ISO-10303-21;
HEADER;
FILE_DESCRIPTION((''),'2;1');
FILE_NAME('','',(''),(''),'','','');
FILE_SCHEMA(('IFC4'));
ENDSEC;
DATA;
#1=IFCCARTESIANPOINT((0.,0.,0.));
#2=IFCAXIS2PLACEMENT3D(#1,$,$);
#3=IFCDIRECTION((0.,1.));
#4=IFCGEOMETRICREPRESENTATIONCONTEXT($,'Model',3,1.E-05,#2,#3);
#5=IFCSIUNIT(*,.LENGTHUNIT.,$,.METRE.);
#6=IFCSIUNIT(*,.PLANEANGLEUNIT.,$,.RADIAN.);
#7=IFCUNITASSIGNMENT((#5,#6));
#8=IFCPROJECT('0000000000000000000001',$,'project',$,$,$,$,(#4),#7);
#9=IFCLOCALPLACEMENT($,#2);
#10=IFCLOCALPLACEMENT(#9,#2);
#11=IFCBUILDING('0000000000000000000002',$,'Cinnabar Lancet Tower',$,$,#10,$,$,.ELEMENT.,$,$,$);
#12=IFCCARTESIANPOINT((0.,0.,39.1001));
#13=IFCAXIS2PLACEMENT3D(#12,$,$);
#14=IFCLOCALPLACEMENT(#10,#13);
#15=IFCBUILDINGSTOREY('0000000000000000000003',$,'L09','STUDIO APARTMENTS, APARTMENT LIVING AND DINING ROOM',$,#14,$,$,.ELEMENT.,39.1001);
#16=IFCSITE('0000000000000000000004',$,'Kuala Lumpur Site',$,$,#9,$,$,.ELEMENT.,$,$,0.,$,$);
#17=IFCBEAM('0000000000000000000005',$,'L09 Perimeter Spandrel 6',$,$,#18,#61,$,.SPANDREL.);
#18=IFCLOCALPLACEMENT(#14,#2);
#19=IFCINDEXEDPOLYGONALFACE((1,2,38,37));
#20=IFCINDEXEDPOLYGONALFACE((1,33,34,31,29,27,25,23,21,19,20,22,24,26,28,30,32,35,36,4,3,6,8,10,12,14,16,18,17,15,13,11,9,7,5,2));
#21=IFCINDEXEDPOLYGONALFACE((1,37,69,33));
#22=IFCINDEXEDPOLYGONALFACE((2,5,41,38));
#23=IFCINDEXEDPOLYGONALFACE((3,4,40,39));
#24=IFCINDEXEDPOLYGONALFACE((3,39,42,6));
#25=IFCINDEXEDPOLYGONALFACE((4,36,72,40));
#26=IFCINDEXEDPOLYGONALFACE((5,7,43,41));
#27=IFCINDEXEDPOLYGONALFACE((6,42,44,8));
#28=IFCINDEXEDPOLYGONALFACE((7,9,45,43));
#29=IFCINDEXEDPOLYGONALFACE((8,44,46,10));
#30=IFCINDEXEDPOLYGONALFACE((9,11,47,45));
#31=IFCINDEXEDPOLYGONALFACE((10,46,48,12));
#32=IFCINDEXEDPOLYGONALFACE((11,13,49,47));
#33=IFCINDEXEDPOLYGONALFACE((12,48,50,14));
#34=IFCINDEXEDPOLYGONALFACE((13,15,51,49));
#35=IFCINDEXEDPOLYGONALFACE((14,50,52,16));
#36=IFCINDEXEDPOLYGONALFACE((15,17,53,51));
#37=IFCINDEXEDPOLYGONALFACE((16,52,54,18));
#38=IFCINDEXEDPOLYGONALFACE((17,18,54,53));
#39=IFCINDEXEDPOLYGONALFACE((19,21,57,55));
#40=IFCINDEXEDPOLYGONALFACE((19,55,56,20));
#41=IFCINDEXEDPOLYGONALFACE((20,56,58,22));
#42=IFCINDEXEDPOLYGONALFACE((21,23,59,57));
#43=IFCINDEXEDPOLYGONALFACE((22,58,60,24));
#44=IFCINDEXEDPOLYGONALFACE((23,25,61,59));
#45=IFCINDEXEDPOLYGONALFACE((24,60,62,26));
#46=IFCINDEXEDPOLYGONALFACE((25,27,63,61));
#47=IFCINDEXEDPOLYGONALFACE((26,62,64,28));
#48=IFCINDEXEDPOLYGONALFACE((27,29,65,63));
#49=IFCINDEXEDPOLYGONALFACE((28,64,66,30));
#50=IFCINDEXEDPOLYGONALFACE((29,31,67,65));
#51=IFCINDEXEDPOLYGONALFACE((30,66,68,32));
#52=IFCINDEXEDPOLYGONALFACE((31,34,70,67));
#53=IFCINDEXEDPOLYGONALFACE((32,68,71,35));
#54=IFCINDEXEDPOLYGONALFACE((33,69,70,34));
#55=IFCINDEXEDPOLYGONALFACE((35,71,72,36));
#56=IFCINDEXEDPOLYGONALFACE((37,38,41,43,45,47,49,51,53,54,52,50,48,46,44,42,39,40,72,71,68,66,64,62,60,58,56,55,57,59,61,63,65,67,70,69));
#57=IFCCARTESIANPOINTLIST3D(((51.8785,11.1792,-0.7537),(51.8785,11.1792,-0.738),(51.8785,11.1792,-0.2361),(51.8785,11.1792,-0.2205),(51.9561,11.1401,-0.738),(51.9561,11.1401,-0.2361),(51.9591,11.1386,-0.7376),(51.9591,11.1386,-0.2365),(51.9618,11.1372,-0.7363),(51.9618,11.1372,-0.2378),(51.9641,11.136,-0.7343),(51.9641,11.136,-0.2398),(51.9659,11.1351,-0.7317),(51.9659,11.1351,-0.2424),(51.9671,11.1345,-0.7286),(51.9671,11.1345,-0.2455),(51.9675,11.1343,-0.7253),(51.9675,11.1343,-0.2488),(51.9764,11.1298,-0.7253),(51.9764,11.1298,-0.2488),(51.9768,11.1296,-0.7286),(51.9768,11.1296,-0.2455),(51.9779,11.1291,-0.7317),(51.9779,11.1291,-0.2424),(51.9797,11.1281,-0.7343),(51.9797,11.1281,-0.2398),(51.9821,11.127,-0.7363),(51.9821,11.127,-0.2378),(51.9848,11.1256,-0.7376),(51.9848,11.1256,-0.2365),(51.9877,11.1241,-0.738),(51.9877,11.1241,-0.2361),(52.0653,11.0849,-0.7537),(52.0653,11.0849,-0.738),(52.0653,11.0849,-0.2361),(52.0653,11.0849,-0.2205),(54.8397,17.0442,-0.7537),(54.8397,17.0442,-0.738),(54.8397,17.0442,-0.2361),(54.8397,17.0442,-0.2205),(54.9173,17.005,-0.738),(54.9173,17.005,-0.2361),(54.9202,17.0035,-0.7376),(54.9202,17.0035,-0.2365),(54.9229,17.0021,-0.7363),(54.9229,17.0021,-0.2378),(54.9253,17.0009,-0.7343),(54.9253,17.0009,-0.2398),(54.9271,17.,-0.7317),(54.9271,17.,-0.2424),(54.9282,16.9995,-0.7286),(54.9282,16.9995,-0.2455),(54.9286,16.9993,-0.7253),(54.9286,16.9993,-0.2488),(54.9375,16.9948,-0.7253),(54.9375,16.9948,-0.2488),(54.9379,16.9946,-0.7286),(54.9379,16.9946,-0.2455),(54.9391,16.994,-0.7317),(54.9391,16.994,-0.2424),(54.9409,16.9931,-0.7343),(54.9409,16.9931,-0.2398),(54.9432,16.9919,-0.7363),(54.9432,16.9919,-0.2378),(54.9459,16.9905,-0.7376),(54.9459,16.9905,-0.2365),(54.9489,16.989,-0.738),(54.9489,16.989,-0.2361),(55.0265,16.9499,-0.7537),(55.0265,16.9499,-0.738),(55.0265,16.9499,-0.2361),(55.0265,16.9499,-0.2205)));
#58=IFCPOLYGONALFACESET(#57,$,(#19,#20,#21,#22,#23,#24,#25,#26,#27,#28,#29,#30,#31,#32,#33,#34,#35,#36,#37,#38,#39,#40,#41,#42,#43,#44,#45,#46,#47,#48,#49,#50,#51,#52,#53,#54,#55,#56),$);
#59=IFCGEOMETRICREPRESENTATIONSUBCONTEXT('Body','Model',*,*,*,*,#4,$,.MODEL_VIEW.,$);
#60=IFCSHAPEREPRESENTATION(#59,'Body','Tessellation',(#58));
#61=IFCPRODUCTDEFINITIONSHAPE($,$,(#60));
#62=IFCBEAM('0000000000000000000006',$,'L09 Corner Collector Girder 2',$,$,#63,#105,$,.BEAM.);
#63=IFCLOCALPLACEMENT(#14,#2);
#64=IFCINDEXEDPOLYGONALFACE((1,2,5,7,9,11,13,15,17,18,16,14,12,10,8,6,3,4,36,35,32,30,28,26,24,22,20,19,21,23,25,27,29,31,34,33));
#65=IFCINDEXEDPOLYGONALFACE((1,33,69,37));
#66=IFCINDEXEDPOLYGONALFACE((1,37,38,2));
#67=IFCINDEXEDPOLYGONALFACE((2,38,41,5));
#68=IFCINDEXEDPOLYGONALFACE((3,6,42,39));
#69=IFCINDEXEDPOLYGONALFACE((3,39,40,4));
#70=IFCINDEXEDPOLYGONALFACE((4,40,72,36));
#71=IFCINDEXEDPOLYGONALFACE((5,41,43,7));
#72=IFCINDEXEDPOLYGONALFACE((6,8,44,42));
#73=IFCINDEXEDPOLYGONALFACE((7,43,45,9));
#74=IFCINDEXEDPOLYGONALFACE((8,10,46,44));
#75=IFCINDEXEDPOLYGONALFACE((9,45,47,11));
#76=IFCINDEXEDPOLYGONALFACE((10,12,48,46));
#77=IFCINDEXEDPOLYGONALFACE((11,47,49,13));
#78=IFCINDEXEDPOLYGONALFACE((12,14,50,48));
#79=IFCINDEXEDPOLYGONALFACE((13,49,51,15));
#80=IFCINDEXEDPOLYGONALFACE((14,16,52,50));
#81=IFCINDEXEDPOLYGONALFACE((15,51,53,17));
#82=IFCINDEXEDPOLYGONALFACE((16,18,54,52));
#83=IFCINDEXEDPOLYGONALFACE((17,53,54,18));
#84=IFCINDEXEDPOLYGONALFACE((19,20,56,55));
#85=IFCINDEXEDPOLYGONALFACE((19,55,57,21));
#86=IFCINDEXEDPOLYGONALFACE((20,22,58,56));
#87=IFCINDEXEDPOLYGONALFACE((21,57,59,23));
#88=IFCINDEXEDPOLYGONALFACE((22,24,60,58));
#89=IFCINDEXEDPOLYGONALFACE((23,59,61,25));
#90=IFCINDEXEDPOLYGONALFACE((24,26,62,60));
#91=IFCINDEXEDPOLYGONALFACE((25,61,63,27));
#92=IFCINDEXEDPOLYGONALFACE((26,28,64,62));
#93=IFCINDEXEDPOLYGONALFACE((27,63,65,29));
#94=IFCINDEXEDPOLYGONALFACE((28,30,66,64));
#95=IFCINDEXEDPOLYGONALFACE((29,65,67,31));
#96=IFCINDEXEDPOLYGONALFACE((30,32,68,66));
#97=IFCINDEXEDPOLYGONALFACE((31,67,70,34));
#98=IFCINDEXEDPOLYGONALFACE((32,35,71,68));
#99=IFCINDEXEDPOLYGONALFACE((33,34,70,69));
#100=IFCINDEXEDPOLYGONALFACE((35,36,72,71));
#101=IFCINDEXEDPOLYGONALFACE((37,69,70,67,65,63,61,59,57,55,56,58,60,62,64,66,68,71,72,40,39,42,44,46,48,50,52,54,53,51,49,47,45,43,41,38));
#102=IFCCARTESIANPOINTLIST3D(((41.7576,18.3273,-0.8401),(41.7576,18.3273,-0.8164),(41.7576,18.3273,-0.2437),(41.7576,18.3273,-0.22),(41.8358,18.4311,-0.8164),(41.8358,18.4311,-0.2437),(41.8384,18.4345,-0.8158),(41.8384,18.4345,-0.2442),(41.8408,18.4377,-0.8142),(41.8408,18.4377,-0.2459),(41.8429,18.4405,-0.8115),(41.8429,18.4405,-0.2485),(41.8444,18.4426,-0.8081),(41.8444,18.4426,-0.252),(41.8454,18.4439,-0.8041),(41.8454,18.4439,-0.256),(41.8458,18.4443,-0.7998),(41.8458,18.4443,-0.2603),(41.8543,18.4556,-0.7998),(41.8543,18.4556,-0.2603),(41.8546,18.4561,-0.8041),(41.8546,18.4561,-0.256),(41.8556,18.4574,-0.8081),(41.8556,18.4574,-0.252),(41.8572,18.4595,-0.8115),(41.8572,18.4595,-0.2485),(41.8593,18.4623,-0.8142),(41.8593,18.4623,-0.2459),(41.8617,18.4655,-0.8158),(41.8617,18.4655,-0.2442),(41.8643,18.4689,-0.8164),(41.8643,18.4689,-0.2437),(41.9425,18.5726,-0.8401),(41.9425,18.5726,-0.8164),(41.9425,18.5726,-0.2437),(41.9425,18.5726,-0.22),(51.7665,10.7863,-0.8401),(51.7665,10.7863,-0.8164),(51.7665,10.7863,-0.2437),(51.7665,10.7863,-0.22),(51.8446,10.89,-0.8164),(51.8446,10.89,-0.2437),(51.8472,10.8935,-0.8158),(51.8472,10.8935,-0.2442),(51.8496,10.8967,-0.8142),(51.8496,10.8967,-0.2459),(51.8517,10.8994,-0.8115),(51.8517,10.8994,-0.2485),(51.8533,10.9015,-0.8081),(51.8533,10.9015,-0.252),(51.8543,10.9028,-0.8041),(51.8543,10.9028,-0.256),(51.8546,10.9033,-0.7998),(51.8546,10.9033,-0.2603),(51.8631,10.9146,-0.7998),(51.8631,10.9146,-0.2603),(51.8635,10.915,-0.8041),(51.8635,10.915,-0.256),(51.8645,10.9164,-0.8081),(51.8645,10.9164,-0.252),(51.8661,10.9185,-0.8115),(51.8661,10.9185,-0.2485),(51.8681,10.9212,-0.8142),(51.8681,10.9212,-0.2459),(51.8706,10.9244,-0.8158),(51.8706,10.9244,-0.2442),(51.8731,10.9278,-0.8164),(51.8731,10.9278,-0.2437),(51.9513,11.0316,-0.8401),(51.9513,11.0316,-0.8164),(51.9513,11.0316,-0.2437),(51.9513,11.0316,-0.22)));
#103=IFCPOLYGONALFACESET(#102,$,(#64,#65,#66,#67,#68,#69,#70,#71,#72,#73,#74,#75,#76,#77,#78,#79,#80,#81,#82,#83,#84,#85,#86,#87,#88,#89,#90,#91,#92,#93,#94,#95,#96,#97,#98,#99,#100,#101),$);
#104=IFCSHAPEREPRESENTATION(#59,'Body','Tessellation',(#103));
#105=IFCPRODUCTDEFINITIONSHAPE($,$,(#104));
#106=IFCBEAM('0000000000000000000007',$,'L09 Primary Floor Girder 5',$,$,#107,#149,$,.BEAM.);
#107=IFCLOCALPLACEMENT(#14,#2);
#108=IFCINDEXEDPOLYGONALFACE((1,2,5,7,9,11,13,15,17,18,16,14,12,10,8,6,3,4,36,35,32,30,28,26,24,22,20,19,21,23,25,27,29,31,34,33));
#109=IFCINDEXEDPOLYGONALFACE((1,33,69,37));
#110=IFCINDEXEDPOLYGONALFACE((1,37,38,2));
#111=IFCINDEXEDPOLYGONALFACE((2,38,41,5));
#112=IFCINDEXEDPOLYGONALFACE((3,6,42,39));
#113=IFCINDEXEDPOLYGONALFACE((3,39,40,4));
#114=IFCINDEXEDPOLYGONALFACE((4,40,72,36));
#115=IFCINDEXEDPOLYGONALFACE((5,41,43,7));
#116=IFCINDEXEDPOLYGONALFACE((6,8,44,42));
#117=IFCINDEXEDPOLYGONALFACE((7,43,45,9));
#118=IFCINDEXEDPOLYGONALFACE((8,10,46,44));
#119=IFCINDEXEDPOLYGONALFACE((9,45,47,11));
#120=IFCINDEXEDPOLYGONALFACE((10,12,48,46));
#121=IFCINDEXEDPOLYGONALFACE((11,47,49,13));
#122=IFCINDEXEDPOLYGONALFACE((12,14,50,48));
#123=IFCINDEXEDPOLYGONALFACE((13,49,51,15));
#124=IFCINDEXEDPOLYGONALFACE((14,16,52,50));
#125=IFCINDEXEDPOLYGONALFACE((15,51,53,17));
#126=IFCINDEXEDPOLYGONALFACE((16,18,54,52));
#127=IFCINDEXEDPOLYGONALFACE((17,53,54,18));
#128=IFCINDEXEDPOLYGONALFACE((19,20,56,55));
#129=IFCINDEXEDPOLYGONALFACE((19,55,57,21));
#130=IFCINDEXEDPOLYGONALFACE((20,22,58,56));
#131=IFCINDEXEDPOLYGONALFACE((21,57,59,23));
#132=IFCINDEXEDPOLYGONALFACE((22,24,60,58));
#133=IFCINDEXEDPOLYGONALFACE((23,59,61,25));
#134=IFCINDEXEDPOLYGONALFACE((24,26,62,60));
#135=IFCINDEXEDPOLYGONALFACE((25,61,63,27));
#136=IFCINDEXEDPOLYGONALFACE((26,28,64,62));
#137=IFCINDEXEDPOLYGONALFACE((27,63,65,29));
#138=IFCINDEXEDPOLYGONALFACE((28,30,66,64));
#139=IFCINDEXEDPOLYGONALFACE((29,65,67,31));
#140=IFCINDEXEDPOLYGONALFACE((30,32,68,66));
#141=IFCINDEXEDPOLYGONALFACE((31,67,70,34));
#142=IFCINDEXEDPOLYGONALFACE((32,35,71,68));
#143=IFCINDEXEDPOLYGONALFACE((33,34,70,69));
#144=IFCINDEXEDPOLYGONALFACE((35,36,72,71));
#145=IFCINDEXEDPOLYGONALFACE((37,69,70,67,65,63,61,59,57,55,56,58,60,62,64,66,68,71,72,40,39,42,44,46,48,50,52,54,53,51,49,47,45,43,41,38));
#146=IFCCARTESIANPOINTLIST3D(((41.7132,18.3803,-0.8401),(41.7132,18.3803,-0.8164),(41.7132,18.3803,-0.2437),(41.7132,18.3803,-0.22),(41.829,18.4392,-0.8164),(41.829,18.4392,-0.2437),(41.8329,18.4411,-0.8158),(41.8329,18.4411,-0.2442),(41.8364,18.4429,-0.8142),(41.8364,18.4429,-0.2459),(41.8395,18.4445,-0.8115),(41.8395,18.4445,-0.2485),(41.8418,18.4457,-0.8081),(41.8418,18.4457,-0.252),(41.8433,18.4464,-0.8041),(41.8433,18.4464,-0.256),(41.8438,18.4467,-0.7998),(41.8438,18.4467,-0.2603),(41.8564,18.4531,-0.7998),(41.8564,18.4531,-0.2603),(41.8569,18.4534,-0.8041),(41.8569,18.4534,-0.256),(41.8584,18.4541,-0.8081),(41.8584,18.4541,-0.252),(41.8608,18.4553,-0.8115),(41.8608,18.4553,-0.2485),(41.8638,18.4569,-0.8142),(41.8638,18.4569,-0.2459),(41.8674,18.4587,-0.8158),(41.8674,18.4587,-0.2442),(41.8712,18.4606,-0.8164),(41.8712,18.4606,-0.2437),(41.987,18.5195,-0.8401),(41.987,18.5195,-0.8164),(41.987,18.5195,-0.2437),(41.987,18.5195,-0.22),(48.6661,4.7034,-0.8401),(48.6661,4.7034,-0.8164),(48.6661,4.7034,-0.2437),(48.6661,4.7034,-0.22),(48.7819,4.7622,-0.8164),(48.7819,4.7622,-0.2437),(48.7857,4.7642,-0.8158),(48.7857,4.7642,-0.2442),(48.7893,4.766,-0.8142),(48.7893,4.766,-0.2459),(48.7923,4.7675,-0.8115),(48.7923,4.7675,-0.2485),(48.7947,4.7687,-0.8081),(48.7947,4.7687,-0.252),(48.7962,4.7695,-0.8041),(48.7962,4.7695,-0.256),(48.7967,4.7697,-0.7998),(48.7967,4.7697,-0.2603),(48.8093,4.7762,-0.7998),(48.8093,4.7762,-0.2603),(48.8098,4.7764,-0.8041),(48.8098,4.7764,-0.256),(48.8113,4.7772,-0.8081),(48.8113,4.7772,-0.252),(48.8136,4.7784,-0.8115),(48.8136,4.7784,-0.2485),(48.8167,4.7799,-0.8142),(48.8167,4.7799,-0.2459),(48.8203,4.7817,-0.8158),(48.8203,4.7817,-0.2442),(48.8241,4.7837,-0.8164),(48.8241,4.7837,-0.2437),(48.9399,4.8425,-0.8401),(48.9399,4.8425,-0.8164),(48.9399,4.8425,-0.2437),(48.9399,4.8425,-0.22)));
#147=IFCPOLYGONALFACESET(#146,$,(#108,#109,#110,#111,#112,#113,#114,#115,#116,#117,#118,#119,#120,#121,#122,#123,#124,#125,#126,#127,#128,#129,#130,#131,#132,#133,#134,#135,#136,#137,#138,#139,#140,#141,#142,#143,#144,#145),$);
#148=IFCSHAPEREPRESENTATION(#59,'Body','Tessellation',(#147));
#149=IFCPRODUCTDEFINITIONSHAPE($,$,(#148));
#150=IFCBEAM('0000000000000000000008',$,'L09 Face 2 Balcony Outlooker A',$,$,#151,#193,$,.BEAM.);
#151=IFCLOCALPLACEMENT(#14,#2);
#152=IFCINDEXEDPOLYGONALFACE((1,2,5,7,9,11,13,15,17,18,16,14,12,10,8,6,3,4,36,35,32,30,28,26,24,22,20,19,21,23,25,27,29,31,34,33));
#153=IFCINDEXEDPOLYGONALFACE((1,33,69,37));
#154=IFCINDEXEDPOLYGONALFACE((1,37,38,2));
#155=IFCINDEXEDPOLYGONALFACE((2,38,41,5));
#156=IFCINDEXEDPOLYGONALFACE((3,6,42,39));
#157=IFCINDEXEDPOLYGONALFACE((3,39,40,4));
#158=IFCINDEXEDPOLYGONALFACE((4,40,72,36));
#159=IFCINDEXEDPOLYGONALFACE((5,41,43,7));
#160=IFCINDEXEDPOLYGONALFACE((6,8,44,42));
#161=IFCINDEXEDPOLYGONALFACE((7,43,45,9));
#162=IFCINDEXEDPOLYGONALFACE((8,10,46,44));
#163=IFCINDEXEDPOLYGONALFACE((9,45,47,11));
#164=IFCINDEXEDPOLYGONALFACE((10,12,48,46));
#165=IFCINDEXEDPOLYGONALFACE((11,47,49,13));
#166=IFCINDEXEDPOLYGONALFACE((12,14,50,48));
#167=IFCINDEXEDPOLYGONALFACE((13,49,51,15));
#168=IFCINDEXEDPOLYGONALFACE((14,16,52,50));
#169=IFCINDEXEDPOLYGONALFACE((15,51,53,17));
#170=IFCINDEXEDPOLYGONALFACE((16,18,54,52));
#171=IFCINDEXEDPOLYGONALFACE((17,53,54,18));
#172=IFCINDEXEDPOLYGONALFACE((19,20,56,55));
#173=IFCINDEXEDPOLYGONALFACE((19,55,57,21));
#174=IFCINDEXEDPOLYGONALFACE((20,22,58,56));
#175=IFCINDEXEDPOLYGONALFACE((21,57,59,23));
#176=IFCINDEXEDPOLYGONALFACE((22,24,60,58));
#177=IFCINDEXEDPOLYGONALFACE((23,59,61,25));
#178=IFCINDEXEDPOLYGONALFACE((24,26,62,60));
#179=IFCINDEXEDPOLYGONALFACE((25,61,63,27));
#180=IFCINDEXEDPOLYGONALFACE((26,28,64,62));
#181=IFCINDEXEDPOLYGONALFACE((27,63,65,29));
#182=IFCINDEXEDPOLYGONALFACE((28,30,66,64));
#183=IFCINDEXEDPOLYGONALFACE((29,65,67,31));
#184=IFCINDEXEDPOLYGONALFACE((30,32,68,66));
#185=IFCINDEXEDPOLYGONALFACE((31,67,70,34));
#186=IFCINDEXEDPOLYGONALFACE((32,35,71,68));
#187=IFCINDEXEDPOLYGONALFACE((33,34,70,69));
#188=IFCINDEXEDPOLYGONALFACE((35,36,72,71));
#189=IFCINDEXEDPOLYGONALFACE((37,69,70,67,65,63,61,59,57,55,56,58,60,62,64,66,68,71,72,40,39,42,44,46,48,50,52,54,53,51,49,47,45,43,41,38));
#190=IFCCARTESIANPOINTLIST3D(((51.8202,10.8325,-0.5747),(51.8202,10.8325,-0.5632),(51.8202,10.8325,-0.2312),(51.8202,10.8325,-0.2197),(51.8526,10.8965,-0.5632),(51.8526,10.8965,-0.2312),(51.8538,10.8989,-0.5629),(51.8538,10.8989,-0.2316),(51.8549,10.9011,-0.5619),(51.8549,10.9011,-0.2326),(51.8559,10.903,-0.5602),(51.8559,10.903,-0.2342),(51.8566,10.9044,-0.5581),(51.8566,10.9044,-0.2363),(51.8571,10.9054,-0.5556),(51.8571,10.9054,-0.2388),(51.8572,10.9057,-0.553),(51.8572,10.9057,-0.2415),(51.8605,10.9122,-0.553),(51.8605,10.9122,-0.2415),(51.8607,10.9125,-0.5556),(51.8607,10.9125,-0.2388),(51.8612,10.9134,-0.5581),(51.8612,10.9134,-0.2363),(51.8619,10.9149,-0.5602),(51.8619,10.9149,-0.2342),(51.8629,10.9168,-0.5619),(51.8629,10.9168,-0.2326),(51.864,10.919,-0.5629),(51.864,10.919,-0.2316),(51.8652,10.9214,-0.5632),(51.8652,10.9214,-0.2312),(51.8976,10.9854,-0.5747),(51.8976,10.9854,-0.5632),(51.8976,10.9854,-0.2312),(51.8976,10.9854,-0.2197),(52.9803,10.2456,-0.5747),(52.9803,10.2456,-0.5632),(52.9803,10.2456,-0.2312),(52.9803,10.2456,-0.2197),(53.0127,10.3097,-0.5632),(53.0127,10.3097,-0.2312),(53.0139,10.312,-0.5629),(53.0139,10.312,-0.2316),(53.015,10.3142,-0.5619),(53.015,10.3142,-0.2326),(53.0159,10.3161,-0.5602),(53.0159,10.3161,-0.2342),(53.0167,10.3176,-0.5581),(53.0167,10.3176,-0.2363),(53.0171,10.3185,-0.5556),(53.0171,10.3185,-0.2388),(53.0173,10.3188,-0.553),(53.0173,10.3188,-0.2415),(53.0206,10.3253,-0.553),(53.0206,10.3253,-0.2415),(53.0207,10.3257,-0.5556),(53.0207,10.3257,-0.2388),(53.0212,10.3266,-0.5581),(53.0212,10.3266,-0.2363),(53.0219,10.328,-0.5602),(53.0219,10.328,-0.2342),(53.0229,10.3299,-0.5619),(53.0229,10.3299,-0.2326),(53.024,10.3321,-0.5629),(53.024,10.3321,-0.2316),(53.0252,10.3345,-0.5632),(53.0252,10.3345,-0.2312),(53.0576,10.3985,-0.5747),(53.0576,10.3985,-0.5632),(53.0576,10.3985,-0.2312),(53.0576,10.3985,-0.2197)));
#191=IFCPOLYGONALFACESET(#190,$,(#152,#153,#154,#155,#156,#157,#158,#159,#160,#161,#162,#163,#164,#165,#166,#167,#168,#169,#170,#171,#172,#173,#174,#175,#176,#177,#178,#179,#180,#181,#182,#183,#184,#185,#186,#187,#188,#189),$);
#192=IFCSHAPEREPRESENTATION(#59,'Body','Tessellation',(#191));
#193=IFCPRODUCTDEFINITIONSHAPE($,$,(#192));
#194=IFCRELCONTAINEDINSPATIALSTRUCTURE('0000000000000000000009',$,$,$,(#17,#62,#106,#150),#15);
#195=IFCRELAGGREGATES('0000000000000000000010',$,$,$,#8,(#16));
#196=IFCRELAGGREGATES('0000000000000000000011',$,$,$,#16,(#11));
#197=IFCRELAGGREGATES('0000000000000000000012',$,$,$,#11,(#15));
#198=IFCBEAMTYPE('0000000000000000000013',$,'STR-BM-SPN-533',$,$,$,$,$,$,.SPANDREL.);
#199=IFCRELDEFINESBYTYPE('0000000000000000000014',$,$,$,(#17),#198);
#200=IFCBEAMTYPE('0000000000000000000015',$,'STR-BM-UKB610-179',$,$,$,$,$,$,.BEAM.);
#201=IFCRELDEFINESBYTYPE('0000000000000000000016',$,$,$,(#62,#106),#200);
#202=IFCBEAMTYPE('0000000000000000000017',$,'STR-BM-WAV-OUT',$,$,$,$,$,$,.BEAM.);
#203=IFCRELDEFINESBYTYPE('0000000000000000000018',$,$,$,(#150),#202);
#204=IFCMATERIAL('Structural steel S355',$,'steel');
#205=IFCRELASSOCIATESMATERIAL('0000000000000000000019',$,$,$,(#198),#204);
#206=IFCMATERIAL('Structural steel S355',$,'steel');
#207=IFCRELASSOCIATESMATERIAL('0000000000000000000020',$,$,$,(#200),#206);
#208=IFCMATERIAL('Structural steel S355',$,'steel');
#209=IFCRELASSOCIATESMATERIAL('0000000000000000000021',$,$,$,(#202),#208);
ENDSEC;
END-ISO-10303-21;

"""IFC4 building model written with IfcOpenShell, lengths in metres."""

from ifc_helpers import new_model, si_unit, direction, frame, origin, origin_2d, place, context, subcontext, project, spatial, i_section, extrude, material, material_profile, profile_set, type_object, element, save


model = new_model("IFC4")

# Units and contexts
model_context = context("Model", 3, precision=1e-05, world=origin(), true_north=direction((0.0, 1.0)))
body_context = subcontext(model_context, "Body", "Model", "MODEL_VIEW")
ifc_project = project(units=[si_unit("LENGTHUNIT", "METRE"), si_unit("PLANEANGLEUNIT", "RADIAN")], contexts=[model_context])

# Site, building, storey
site_placement = place(None, origin())
site = spatial("IfcSite", under=ifc_project, at=site_placement, Name="Kuala Lumpur Site", CompositionType="ELEMENT", RefElevation=0.0)
building_placement = place(site_placement, origin())
building = spatial("IfcBuilding", under=site, at=building_placement, Name="Cinnabar Lancet Tower", CompositionType="ELEMENT")
storey_placement = place(building_placement, frame((0.0, 0.0, 39.1001)))
storey = spatial("IfcBuildingStorey", under=building, at=storey_placement, Name="L09", Description="STUDIO APARTMENTS, APARTMENT LIVING AND DINING ROOM", CompositionType="ELEMENT", Elevation=39.1001)

# Beams
ifc_material_1 = material(Name="Structural steel S355", Category="steel")
ifc_material_profile_1 = material_profile(ifc_material_1, i_section(OverallWidth=0.2092, OverallDepth=0.5332, WebThickness=0.01, FlangeThickness=0.0156, FilletRadius=0.0127, at=origin_2d()), Name="UKB 533x210x92")
ifc_profile_set_1 = profile_set([ifc_material_profile_1], Name="Structural steel S355")
beam_type_1 = type_object("IfcBeamType", Name="STR-BM-SPN-533", PredefinedType="SPANDREL", material=ifc_profile_set_1)
beam_1_placement = place(storey_placement, frame((51.9719, 11.1321, -0.4871), z_axis=(0.450703, 0.892674, 0.0), x_axis=(-0.892674, 0.450703, 0.0)))
element("IfcBeam", 1, at=beam_1_placement, inside=storey, type_object=beam_type_1, Name="L09 Perimeter Spandrel 6", PredefinedType="SPANDREL", context=body_context, shape_type="SweptSolid", body=[
    extrude(i_section(OverallWidth=0.2092, OverallDepth=0.5332, WebThickness=0.01, FlangeThickness=0.0156, FilletRadius=0.0127, at=origin_2d()), origin(), (0.0, 0.0, 1.0), 6.5701),
])
ifc_material_2 = material(Name="Structural steel S355", Category="steel")
ifc_material_profile_2 = material_profile(ifc_material_2, i_section(OverallWidth=0.3071, OverallDepth=0.6201, WebThickness=0.0142, FlangeThickness=0.0237, FilletRadius=0.0166, at=origin_2d()), Name="UKB 610x305x179")
ifc_profile_set_2 = profile_set([ifc_material_profile_2], Name="Structural steel S355")
beam_type_2 = type_object("IfcBeamType", Name="STR-BM-UKB610-179", PredefinedType="BEAM", material=ifc_profile_set_2)
beam_2_placement = place(storey_placement, frame((51.8589, 10.9089, -0.53), z_axis=(-0.79868, 0.601757, 0.0), x_axis=(-0.601757, -0.79868, 0.0)))
element("IfcBeam", 2, at=beam_2_placement, inside=storey, type_object=beam_type_2, Name="L09 Corner Collector Girder 2", PredefinedType="BEAM", context=body_context, shape_type="SweptSolid", body=[
    extrude(i_section(OverallWidth=0.3071, OverallDepth=0.6201, WebThickness=0.0142, FlangeThickness=0.0237, FilletRadius=0.0166, at=origin_2d()), origin(), (0.0, 0.0, 1.0), 12.5317),
])
beam_3_placement = place(storey_placement, frame((48.803, 4.7729, -0.53), z_axis=(-0.453168, 0.891425, 0.0), x_axis=(-0.891425, -0.453168, 0.0)))
element("IfcBeam", 3, at=beam_3_placement, inside=storey, type_object=beam_type_2, Name="L09 Primary Floor Girder 5", PredefinedType="BEAM", context=body_context, shape_type="SweptSolid", body=[
    extrude(i_section(OverallWidth=0.3071, OverallDepth=0.6201, WebThickness=0.0142, FlangeThickness=0.0237, FilletRadius=0.0166, at=origin_2d()), origin(), (0.0, 0.0, 1.0), 15.3428),
])
ifc_material_3 = material(Name="Structural steel S355", Category="steel")
ifc_material_profile_3 = material_profile(ifc_material_3, i_section(OverallWidth=0.1714, OverallDepth=0.355, WebThickness=0.0073, FlangeThickness=0.0115, FilletRadius=0.0103, at=origin_2d()), Name="UKB 356x171x51")
ifc_profile_set_3 = profile_set([ifc_material_profile_3], Name="Structural steel S355")
beam_type_3 = type_object("IfcBeamType", Name="STR-BM-WAV-OUT", PredefinedType="BEAM", material=ifc_profile_set_3)
beam_4_placement = place(storey_placement, frame((51.8589, 10.9089, -0.3972), z_axis=(0.892314, -0.451415, 0.0), x_axis=(0.451415, 0.892314, 0.0)))
element("IfcBeam", 4, at=beam_4_placement, inside=storey, type_object=beam_type_3, Name="L09 Face 2 Balcony Outlooker A", PredefinedType="BEAM", context=body_context, shape_type="SweptSolid", body=[
    extrude(i_section(OverallWidth=0.1714, OverallDepth=0.355, WebThickness=0.0073, FlangeThickness=0.0115, FilletRadius=0.0103, at=origin_2d()), origin(), (0.0, 0.0, 1.0), 1.3),
])

save(model, "model.ifc")
